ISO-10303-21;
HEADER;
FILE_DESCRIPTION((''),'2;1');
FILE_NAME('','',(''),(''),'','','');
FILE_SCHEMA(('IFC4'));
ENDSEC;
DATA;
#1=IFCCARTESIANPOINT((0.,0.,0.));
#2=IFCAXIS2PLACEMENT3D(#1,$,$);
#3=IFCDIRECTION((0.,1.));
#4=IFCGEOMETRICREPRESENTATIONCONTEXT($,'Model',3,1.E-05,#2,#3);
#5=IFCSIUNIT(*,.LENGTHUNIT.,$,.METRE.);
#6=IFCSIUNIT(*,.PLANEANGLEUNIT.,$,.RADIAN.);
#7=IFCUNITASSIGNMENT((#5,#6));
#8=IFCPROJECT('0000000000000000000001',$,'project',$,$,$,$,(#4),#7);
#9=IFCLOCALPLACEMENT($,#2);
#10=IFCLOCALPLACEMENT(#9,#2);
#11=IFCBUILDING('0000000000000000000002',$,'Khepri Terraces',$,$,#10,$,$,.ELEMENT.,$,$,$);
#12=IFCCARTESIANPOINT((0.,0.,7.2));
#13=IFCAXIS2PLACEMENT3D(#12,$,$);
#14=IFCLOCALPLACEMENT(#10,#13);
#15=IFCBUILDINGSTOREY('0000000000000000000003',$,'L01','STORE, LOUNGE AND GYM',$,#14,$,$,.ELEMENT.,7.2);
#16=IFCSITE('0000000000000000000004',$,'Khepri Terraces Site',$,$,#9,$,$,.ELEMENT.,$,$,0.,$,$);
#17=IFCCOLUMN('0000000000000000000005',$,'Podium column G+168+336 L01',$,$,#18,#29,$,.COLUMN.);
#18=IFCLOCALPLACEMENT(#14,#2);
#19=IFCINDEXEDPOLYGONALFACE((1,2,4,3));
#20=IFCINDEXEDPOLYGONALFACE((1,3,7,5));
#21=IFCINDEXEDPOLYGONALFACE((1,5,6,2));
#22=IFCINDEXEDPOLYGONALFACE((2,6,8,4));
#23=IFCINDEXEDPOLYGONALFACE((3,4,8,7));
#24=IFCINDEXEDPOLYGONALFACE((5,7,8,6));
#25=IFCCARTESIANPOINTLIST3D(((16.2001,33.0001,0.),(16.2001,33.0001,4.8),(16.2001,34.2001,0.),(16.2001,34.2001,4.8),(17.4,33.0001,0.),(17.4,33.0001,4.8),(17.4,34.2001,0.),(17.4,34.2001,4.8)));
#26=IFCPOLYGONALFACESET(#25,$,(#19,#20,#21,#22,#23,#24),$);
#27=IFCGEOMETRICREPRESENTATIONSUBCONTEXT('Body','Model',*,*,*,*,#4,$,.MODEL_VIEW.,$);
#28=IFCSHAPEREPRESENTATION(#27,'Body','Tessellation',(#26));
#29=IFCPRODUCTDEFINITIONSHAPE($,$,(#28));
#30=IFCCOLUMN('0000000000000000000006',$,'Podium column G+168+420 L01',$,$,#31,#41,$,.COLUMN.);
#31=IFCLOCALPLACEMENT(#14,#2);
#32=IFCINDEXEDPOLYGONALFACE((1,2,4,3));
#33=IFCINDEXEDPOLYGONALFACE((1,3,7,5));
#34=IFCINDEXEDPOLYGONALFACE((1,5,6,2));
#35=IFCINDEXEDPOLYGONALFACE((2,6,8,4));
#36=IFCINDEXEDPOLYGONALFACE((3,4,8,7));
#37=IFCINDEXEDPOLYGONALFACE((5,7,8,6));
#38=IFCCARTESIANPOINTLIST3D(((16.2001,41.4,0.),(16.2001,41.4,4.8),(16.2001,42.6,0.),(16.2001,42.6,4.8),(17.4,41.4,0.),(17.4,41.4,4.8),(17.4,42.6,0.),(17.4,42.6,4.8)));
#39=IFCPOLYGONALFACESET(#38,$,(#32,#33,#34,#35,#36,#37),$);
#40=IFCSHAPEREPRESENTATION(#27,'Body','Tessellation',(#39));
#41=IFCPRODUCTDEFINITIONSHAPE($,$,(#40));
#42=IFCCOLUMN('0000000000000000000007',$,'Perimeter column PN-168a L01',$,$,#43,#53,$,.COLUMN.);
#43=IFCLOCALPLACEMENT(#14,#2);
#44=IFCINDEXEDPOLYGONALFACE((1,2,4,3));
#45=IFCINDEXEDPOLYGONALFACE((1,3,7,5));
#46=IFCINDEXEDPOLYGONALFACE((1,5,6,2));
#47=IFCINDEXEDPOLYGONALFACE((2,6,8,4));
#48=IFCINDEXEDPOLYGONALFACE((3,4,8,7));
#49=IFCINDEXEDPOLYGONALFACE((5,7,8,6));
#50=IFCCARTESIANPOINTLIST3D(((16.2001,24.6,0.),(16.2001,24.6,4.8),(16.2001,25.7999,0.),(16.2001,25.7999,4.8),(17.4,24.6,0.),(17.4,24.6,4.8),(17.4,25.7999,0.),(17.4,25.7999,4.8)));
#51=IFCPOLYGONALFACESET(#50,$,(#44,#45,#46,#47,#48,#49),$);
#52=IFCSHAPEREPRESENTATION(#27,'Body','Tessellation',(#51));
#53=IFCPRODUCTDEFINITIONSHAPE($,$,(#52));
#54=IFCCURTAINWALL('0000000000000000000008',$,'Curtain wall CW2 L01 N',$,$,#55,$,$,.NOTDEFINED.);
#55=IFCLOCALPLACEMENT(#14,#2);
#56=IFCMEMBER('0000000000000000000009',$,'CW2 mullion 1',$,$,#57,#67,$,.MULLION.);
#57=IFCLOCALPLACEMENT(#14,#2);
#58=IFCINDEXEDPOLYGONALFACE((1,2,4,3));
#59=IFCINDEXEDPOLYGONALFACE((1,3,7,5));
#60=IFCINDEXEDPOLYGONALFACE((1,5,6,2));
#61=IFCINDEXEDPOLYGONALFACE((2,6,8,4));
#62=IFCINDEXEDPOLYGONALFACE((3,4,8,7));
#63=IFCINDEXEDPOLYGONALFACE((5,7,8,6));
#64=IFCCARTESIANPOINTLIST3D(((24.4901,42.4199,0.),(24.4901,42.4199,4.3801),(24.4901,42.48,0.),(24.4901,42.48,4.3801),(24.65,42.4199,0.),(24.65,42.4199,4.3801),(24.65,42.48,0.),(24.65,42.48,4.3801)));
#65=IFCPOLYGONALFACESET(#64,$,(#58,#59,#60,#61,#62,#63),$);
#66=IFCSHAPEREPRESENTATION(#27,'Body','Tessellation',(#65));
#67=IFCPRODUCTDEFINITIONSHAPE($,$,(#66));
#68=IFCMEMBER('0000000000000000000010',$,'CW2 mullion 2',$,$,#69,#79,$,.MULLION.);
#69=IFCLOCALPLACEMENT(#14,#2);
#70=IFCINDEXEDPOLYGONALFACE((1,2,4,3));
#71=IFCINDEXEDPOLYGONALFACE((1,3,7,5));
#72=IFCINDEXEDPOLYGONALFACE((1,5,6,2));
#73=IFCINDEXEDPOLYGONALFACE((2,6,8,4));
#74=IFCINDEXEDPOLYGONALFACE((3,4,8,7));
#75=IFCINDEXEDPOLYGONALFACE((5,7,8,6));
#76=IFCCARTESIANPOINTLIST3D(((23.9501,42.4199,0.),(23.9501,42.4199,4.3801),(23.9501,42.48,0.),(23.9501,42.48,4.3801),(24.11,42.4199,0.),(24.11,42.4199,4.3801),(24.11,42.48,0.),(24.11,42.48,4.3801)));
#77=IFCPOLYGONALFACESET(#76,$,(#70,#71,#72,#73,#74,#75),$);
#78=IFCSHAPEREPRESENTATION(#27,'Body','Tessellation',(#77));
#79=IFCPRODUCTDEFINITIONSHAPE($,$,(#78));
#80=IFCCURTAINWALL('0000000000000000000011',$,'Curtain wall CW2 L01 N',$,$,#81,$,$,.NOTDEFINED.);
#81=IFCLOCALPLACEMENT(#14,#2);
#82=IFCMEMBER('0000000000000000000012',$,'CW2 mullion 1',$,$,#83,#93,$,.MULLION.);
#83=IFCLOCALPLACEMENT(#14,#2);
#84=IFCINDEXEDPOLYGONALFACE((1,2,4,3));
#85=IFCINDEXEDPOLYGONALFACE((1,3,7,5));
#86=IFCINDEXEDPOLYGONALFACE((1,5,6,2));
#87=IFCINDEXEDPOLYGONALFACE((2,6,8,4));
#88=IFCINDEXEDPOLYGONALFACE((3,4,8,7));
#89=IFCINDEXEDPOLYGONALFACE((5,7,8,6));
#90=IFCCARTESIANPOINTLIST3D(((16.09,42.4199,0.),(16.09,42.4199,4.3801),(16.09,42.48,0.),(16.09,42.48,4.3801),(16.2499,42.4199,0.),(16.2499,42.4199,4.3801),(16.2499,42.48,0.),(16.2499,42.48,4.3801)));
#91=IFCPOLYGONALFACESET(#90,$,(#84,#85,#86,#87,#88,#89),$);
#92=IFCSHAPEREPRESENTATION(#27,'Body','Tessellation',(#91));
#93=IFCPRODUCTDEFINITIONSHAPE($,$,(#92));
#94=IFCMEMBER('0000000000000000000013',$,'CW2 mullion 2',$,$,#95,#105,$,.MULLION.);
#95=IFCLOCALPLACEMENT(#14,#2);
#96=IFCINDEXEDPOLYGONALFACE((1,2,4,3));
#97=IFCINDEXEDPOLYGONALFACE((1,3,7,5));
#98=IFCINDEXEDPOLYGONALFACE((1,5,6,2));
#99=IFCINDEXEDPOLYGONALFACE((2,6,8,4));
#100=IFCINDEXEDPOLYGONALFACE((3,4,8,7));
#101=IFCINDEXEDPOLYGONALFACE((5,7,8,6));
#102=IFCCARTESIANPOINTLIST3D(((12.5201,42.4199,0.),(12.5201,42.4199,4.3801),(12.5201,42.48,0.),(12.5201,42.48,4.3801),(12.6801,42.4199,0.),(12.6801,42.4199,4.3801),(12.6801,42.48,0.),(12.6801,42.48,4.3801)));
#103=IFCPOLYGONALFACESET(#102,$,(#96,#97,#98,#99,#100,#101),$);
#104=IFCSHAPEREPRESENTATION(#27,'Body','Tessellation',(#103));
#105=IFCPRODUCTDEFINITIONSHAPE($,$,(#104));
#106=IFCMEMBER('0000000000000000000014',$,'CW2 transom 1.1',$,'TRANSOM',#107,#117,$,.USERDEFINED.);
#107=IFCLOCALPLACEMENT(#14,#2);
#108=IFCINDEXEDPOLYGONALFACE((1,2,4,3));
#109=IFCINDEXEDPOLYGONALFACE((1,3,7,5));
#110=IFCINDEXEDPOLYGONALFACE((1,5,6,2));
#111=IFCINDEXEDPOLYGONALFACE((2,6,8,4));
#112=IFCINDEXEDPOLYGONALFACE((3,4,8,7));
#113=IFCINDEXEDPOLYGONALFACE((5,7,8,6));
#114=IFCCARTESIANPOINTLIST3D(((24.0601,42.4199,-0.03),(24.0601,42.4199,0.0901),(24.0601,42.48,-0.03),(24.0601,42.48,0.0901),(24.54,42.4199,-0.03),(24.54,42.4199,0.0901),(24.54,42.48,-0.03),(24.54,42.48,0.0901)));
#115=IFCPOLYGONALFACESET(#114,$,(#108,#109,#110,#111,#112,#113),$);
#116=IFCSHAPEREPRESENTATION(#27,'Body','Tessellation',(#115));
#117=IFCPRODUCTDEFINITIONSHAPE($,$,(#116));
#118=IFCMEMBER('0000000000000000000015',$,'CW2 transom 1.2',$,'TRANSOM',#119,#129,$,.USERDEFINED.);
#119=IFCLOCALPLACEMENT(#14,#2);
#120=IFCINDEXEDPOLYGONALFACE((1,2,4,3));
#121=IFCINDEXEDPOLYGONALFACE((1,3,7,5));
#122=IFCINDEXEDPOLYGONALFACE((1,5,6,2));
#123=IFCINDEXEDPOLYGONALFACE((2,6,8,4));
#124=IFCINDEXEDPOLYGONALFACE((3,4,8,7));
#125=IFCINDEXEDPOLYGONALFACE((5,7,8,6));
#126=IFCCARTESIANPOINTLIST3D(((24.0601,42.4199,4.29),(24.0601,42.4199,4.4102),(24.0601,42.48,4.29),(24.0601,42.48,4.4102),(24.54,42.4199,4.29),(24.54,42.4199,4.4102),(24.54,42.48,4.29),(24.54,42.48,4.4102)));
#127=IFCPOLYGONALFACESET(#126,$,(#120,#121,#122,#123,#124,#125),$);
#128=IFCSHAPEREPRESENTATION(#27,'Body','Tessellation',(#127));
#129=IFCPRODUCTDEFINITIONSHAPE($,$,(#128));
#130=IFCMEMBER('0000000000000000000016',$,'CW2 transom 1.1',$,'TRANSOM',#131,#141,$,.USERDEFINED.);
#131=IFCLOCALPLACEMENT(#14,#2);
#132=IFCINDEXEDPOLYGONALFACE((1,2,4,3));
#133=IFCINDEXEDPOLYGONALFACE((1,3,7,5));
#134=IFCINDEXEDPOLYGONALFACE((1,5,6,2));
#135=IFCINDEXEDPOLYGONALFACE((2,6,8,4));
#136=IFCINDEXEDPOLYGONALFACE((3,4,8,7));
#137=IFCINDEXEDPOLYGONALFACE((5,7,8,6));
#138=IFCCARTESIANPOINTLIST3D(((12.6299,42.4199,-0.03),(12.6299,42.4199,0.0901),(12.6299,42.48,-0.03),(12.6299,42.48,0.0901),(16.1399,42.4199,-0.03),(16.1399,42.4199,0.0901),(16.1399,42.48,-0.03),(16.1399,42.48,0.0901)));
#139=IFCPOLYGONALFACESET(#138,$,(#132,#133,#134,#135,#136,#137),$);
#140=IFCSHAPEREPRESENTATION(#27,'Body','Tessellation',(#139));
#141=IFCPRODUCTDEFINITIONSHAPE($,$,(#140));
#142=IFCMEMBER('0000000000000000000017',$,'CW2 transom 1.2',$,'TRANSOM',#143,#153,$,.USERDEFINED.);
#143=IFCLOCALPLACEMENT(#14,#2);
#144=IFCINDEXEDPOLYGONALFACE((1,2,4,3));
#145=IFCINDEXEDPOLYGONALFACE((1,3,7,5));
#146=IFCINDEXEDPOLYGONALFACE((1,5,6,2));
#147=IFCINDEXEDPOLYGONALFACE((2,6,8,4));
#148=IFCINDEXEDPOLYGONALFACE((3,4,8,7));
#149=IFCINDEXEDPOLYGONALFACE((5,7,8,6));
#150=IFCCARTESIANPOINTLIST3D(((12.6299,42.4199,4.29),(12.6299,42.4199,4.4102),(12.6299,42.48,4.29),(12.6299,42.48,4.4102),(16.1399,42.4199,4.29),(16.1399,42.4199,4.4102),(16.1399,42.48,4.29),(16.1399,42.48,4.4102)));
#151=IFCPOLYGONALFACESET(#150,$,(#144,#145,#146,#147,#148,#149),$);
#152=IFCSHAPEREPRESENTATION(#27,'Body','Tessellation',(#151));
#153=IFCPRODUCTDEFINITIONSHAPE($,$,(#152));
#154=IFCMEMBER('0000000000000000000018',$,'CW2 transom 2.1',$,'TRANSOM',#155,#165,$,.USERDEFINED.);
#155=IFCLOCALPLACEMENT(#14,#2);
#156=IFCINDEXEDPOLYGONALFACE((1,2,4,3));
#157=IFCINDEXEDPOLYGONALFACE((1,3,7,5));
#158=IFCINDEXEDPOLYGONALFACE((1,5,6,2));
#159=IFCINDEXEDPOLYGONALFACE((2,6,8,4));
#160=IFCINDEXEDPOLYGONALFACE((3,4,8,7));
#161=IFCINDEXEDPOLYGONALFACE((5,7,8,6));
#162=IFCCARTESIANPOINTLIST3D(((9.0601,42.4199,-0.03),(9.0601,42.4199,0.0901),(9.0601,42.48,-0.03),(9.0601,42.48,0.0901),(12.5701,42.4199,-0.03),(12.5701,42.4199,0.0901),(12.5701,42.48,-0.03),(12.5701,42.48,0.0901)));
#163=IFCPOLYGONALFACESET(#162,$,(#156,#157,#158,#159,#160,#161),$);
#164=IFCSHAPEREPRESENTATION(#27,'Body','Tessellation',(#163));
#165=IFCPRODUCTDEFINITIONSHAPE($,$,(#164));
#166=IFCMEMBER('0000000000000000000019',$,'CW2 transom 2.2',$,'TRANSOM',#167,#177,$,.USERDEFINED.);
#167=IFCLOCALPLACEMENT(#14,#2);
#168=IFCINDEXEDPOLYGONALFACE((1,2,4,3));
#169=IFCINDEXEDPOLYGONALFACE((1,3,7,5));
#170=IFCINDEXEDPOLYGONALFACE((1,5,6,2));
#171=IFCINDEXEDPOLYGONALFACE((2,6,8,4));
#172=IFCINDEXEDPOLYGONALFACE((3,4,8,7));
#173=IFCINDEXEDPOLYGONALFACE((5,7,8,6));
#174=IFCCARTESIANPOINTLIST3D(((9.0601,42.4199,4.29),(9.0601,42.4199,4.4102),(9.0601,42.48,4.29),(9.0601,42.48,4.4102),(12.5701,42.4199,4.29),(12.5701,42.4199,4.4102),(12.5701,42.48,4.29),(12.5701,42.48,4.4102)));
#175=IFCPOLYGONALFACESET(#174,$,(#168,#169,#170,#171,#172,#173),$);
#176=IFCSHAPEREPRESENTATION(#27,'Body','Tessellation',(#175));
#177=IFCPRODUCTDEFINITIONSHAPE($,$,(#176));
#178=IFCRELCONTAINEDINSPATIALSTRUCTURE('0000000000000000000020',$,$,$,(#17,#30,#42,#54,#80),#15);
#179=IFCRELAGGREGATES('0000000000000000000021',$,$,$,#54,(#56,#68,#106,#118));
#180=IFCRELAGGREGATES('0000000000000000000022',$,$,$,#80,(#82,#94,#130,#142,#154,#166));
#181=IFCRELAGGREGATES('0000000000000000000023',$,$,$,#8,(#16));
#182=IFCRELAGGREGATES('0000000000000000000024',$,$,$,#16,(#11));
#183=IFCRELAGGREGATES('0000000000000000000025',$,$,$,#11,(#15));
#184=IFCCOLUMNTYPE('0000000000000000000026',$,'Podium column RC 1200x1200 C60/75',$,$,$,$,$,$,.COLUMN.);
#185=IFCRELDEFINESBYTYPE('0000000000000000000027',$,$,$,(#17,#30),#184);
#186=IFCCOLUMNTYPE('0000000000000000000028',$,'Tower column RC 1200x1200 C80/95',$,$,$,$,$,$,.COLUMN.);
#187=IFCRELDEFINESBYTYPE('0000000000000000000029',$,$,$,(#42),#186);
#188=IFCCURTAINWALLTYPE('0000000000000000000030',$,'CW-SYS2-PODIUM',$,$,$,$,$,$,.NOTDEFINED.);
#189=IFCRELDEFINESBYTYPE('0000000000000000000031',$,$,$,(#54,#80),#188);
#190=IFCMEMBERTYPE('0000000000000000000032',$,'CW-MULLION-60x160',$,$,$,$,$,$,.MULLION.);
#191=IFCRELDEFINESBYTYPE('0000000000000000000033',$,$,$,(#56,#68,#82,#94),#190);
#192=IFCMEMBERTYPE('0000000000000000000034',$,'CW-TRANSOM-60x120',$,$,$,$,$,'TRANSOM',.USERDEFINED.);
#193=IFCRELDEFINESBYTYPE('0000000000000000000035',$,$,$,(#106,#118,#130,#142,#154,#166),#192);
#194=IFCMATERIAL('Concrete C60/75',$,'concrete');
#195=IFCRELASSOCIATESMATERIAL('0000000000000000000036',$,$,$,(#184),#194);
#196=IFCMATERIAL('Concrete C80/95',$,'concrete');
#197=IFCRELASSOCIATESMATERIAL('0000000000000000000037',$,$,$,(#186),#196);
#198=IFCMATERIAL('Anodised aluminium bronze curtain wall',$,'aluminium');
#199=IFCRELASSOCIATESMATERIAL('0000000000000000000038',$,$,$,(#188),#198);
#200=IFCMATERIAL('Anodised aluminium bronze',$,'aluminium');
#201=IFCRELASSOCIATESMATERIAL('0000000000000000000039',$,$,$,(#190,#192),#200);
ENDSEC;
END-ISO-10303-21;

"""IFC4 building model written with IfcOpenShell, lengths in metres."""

from ifc_helpers import new_model, si_unit, direction, frame, origin, origin_2d, place, context, subcontext, project, spatial, rectangle, extrude, material, material_profile, profile_set, type_object, element, aggregate, save


model = new_model("IFC4")

# Units and contexts
model_context = context("Model", 3, precision=1e-05, world=origin(), true_north=direction((0.0, 1.0)))
body_context = subcontext(model_context, "Body", "Model", "MODEL_VIEW")
ifc_project = project(units=[si_unit("LENGTHUNIT", "METRE"), si_unit("PLANEANGLEUNIT", "RADIAN")], contexts=[model_context])

# Site, building, storey
site_placement = place(None, origin())
site = spatial("IfcSite", under=ifc_project, at=site_placement, Name="Khepri Terraces Site", CompositionType="ELEMENT", RefElevation=0.0)
building_placement = place(site_placement, origin())
building = spatial("IfcBuilding", under=site, at=building_placement, Name="Khepri Terraces", CompositionType="ELEMENT")
storey_placement = place(building_placement, frame((0.0, 0.0, 7.2)))
storey = spatial("IfcBuildingStorey", under=building, at=storey_placement, Name="L01", Description="STORE, LOUNGE AND GYM", CompositionType="ELEMENT", Elevation=7.2)

# Columns
ifc_material_1 = material(Name="Concrete C60/75", Category="concrete")
ifc_material_profile_1 = material_profile(ifc_material_1, rectangle(XDim=1.2, YDim=1.2, at=origin_2d()), Name="Concrete C60/75", Category="concrete")
ifc_profile_set_1 = profile_set([ifc_material_profile_1], Name="Concrete C60/75")
column_type_1 = type_object("IfcColumnType", Name="Podium column RC 1200x1200 C60/75", PredefinedType="COLUMN", material=ifc_profile_set_1)
for number, where, z_axis, x_axis, name in (
    (1, (16.8, 33.6001, 0.0), (0.0, 0.0, 1.0), (1.0, 0.0, 0.0), "Podium column G+168+336 L01"),
    (2, (16.8, 42.0, 0.0), (0.0, 0.0, 1.0), (1.0, 0.0, 0.0), "Podium column G+168+420 L01"),
):
    element("IfcColumn", number, at=place(storey_placement, frame(where, z_axis=z_axis, x_axis=x_axis)), inside=storey, type_object=column_type_1, Name=name, PredefinedType="COLUMN", context=body_context, shape_type="SweptSolid", body=[
        extrude(rectangle(XDim=1.2, YDim=1.2, at=origin_2d()), origin(), (0.0, 0.0, 1.0), 4.8),
    ])
ifc_material_2 = material(Name="Concrete C80/95", Category="concrete")
ifc_material_profile_2 = material_profile(ifc_material_2, rectangle(XDim=1.2, YDim=1.2, at=origin_2d()), Name="Concrete C80/95", Category="concrete")
ifc_profile_set_2 = profile_set([ifc_material_profile_2], Name="Concrete C80/95")
column_type_2 = type_object("IfcColumnType", Name="Tower column RC 1200x1200 C80/95", PredefinedType="COLUMN", material=ifc_profile_set_2)
column_placement = place(storey_placement, frame((16.8, 25.2, 0.0), z_axis=(0.0, 0.0, 1.0), x_axis=(1.0, 0.0, 0.0)))
element("IfcColumn", 3, at=column_placement, inside=storey, type_object=column_type_2, Name="Perimeter column PN-168a L01", PredefinedType="COLUMN", context=body_context, shape_type="SweptSolid", body=[
    extrude(rectangle(XDim=1.2, YDim=1.2, at=origin_2d()), origin(), (0.0, 0.0, 1.0), 4.8),
])

# Curtain walls, members
ifc_material_3 = material(Name="Anodised aluminium bronze curtain wall", Category="aluminium")
curtain_wall_type = type_object("IfcCurtainWallType", Name="CW-SYS2-PODIUM", PredefinedType="NOTDEFINED", material=ifc_material_3)
curtain_wall_1_placement = place(storey_placement, origin())
curtain_wall_1 = element("IfcCurtainWall", 4, at=curtain_wall_1_placement, inside=storey, type_object=curtain_wall_type, Name="Curtain wall CW2 L01 N", PredefinedType="NOTDEFINED")
ifc_material_4 = material(Name="Anodised aluminium bronze", Category="aluminium")
ifc_material_profile_3 = material_profile(ifc_material_4, rectangle(XDim=0.0601, YDim=0.1599, at=origin_2d()), Name="Anodised aluminium bronze", Category="aluminium")
ifc_profile_set_3 = profile_set([ifc_material_profile_3], Name="Anodised aluminium bronze")
member_type_1 = type_object("IfcMemberType", Name="CW-MULLION-60x160", PredefinedType="MULLION", material=ifc_profile_set_3)
member_1_placement = place(storey_placement, frame((24.5701, 42.45, 0.0), z_axis=(0.0, 0.0, 1.0), x_axis=(0.0, -1.0, 0.0)))
member_1 = element("IfcMember", 5, at=member_1_placement, type_object=member_type_1, Name="CW2 mullion 1", PredefinedType="MULLION", context=body_context, shape_type="SweptSolid", body=[
    extrude(rectangle(XDim=0.0601, YDim=0.1599, at=origin_2d()), origin(), (0.0, 0.0, 1.0), 4.3801),
])
member_2_placement = place(storey_placement, frame((24.03, 42.45, 0.0), z_axis=(0.0, 0.0, 1.0), x_axis=(0.0, -1.0, 0.0)))
member_2 = element("IfcMember", 6, at=member_2_placement, type_object=member_type_1, Name="CW2 mullion 2", PredefinedType="MULLION", context=body_context, shape_type="SweptSolid", body=[
    extrude(rectangle(XDim=0.0601, YDim=0.1599, at=origin_2d()), origin(), (0.0, 0.0, 1.0), 4.3801),
])
curtain_wall_2_placement = place(storey_placement, origin())
curtain_wall_2 = element("IfcCurtainWall", 7, at=curtain_wall_2_placement, inside=storey, type_object=curtain_wall_type, Name="Curtain wall CW2 L01 N", PredefinedType="NOTDEFINED")
member_3_placement = place(storey_placement, frame((16.1699, 42.45, 0.0), z_axis=(0.0, 0.0, 1.0), x_axis=(0.0, -1.0, 0.0)))
member_3 = element("IfcMember", 8, at=member_3_placement, type_object=member_type_1, Name="CW2 mullion 1", PredefinedType="MULLION", context=body_context, shape_type="SweptSolid", body=[
    extrude(rectangle(XDim=0.0601, YDim=0.1599, at=origin_2d()), origin(), (0.0, 0.0, 1.0), 4.3801),
])
member_4_placement = place(storey_placement, frame((12.6001, 42.45, 0.0), z_axis=(0.0, 0.0, 1.0), x_axis=(0.0, -1.0, 0.0)))
member_4 = element("IfcMember", 9, at=member_4_placement, type_object=member_type_1, Name="CW2 mullion 2", PredefinedType="MULLION", context=body_context, shape_type="SweptSolid", body=[
    extrude(rectangle(XDim=0.0601, YDim=0.1599, at=origin_2d()), origin(), (0.0, 0.0, 1.0), 4.3801),
])

# Members
ifc_material_profile_4 = material_profile(ifc_material_4, rectangle(XDim=0.0601, YDim=0.1201, at=origin_2d()), Name="Anodised aluminium bronze", Category="aluminium")
ifc_profile_set_4 = profile_set([ifc_material_profile_4], Name="Anodised aluminium bronze")
member_type_2 = type_object("IfcMemberType", Name="CW-TRANSOM-60x120", ElementType="TRANSOM", PredefinedType="USERDEFINED", material=ifc_profile_set_4)
member_5_placement = place(storey_placement, frame((24.54, 42.45, 0.03), z_axis=(-1.0, 0.0, 0.0), x_axis=(0.0, -1.0, 0.0)))
member_5 = element("IfcMember", 10, at=member_5_placement, type_object=member_type_2, Name="CW2 transom 1.1", ObjectType="TRANSOM", PredefinedType="USERDEFINED", context=body_context, shape_type="SweptSolid", body=[
    extrude(rectangle(XDim=0.0601, YDim=0.1201, at=origin_2d()), origin(), (0.0, 0.0, 1.0), 0.48),
])
member_6_placement = place(storey_placement, frame((24.54, 42.45, 4.3501), z_axis=(-1.0, 0.0, 0.0), x_axis=(0.0, -1.0, 0.0)))
member_6 = element("IfcMember", 11, at=member_6_placement, type_object=member_type_2, Name="CW2 transom 1.2", ObjectType="TRANSOM", PredefinedType="USERDEFINED", context=body_context, shape_type="SweptSolid", body=[
    extrude(rectangle(XDim=0.0601, YDim=0.1201, at=origin_2d()), origin(), (0.0, 0.0, 1.0), 0.48),
])
member_7_placement = place(storey_placement, frame((16.1399, 42.45, 0.03), z_axis=(-1.0, 0.0, 0.0), x_axis=(0.0, -1.0, 0.0)))
member_7 = element("IfcMember", 12, at=member_7_placement, type_object=member_type_2, Name="CW2 transom 1.1", ObjectType="TRANSOM", PredefinedType="USERDEFINED", context=body_context, shape_type="SweptSolid", body=[
    extrude(rectangle(XDim=0.0601, YDim=0.1201, at=origin_2d()), origin(), (0.0, 0.0, 1.0), 3.51),
])
member_8_placement = place(storey_placement, frame((16.1399, 42.45, 4.3501), z_axis=(-1.0, 0.0, 0.0), x_axis=(0.0, -1.0, 0.0)))
member_8 = element("IfcMember", 13, at=member_8_placement, type_object=member_type_2, Name="CW2 transom 1.2", ObjectType="TRANSOM", PredefinedType="USERDEFINED", context=body_context, shape_type="SweptSolid", body=[
    extrude(rectangle(XDim=0.0601, YDim=0.1201, at=origin_2d()), origin(), (0.0, 0.0, 1.0), 3.51),
])
member_9_placement = place(storey_placement, frame((12.5701, 42.45, 0.03), z_axis=(-1.0, 0.0, 0.0), x_axis=(0.0, -1.0, 0.0)))
member_9 = element("IfcMember", 14, at=member_9_placement, type_object=member_type_2, Name="CW2 transom 2.1", ObjectType="TRANSOM", PredefinedType="USERDEFINED", context=body_context, shape_type="SweptSolid", body=[
    extrude(rectangle(XDim=0.0601, YDim=0.1201, at=origin_2d()), origin(), (0.0, 0.0, 1.0), 3.51),
])
member_10_placement = place(storey_placement, frame((12.5701, 42.45, 4.3501), z_axis=(-1.0, 0.0, 0.0), x_axis=(0.0, -1.0, 0.0)))
member_10 = element("IfcMember", 15, at=member_10_placement, type_object=member_type_2, Name="CW2 transom 2.2", ObjectType="TRANSOM", PredefinedType="USERDEFINED", context=body_context, shape_type="SweptSolid", body=[
    extrude(rectangle(XDim=0.0601, YDim=0.1201, at=origin_2d()), origin(), (0.0, 0.0, 1.0), 3.51),
])

aggregate(curtain_wall_1, [member_1, member_2, member_5, member_6])
aggregate(curtain_wall_2, [member_3, member_4, member_7, member_8, member_9, member_10])

save(model, "model.ifc")
